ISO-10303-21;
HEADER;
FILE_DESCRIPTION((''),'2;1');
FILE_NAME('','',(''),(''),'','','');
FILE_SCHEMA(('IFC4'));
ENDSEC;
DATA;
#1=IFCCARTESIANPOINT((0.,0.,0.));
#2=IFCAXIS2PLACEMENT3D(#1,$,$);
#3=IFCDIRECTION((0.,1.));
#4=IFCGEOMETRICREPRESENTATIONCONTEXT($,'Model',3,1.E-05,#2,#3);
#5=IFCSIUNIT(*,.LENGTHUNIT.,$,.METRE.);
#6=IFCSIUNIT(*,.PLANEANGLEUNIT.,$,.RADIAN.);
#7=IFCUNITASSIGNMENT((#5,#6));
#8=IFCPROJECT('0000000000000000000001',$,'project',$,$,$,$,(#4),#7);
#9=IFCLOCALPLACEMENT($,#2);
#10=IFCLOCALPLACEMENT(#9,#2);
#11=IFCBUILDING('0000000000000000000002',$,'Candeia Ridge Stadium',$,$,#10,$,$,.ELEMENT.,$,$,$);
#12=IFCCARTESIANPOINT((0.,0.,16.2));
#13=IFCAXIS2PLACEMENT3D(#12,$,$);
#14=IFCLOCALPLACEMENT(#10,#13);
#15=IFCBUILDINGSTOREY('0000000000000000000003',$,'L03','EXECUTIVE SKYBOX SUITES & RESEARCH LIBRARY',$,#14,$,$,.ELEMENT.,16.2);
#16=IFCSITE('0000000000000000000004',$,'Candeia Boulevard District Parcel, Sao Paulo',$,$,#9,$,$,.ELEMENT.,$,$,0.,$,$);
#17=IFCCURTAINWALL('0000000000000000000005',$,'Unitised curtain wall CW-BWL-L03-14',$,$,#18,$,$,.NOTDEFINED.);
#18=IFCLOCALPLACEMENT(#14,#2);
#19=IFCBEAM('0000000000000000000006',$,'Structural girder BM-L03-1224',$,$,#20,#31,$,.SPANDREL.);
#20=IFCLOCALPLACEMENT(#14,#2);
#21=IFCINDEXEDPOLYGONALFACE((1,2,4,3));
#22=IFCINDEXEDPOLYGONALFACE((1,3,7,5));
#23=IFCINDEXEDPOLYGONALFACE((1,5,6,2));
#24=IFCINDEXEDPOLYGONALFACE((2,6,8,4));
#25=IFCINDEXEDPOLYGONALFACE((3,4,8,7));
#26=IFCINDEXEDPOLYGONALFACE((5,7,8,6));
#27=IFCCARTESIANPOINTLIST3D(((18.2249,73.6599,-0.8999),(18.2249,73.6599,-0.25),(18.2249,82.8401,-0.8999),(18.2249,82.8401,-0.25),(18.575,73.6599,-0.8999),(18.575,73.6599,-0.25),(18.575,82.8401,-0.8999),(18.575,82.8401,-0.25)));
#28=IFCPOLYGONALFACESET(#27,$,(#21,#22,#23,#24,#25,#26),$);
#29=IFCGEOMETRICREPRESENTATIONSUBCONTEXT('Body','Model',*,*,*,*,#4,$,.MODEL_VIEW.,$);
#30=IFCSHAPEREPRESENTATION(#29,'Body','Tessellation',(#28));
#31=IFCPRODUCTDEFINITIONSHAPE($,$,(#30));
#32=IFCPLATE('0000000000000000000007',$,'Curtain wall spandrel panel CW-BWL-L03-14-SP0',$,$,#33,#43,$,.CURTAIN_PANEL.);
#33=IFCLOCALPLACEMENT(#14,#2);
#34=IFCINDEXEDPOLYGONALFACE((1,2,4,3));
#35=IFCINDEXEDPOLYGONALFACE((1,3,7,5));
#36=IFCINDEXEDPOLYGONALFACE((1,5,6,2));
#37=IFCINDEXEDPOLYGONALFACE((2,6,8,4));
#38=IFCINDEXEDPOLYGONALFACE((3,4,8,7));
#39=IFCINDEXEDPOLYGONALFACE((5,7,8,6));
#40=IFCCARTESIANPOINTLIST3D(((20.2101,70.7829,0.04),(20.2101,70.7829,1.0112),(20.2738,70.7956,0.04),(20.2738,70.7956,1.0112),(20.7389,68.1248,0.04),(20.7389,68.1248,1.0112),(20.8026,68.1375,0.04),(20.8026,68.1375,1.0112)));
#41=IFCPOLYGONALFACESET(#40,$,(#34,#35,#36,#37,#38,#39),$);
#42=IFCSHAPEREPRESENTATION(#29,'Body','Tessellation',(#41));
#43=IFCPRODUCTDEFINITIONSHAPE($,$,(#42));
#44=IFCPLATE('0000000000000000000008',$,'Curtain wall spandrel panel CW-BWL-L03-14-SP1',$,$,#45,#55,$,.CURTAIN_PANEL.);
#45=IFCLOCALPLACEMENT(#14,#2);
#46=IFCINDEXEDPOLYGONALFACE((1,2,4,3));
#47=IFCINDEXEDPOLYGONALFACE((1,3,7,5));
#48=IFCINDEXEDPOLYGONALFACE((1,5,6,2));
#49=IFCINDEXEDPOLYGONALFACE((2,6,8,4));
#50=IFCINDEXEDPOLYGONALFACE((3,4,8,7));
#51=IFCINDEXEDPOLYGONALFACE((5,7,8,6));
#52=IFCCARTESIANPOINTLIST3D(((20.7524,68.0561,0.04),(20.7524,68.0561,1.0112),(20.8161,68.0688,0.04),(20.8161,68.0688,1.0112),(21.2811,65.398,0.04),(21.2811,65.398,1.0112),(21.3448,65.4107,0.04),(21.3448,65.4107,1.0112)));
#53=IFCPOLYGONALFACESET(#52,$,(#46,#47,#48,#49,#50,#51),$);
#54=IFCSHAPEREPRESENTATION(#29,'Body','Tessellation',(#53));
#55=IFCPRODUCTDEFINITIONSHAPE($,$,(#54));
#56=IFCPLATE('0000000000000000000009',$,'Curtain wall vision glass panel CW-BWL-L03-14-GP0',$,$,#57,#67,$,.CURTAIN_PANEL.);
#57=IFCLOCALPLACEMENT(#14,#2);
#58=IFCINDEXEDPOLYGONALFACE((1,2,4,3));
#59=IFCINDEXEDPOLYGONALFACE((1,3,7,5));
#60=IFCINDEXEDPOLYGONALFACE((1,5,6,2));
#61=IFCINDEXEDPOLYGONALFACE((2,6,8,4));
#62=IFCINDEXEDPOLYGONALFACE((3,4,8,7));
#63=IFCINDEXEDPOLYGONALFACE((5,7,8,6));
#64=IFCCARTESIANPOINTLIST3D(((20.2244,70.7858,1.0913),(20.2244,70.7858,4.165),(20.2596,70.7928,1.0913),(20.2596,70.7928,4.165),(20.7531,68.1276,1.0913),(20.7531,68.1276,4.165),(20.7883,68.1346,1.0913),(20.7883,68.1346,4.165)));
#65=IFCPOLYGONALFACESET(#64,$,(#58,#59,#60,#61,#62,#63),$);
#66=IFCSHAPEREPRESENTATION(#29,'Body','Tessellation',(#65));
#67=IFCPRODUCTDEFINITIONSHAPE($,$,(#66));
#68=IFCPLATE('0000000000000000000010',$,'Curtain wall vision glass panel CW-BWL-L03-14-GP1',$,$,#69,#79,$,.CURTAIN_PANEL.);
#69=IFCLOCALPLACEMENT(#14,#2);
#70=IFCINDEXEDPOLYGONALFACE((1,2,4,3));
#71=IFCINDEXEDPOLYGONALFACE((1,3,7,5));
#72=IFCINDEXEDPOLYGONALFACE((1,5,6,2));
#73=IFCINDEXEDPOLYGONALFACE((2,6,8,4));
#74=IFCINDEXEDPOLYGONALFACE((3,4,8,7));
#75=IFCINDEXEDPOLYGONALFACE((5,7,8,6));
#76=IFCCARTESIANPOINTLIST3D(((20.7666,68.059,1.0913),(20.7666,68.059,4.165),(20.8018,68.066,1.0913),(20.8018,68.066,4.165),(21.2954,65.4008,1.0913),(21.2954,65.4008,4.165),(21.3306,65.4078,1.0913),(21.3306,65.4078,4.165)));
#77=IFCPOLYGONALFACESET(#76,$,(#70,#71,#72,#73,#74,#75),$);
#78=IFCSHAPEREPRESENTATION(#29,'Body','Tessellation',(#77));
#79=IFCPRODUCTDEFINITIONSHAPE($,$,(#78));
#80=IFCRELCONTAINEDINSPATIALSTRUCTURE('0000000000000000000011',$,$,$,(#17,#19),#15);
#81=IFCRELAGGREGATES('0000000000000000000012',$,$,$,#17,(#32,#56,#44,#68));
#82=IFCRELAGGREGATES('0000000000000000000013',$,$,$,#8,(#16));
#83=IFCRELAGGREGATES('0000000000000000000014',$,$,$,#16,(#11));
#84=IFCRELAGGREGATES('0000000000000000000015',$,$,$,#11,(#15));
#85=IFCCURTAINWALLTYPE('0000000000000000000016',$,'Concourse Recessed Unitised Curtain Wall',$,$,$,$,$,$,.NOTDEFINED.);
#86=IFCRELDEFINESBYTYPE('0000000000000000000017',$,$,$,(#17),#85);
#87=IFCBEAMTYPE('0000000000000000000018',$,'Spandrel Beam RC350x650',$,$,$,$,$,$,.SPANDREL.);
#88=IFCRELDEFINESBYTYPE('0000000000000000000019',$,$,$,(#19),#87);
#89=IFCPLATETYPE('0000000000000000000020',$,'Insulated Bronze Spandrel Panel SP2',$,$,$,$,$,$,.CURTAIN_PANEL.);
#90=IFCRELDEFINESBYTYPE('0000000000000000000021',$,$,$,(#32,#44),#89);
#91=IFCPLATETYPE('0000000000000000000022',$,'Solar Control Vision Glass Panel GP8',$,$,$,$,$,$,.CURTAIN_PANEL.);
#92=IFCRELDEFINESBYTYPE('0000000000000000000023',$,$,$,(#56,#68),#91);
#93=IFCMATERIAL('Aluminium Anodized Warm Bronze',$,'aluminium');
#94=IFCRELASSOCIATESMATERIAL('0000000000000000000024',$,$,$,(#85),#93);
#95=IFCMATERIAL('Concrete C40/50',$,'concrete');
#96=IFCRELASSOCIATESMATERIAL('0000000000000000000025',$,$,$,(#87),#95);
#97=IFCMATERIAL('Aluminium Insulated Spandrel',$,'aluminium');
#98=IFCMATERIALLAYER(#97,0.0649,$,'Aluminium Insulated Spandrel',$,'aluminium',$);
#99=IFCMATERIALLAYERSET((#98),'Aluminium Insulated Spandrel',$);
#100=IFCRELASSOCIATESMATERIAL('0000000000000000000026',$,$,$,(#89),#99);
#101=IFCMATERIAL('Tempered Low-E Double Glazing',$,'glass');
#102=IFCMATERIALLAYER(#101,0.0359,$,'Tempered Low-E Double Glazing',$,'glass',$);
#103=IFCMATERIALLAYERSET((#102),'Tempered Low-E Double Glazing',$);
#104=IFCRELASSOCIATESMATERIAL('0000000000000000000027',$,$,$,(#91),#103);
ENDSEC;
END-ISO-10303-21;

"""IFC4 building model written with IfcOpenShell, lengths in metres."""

from ifc_helpers import new_model, si_unit, direction, frame, origin, origin_2d, place, context, subcontext, project, spatial, rectangle, extrude, material, layer, layer_set, material_profile, profile_set, type_object, element, aggregate, save


model = new_model("IFC4")

# Units and contexts
model_context = context("Model", 3, precision=1e-05, world=origin(), true_north=direction((0.0, 1.0)))
body_context = subcontext(model_context, "Body", "Model", "MODEL_VIEW")
ifc_project = project(units=[si_unit("LENGTHUNIT", "METRE"), si_unit("PLANEANGLEUNIT", "RADIAN")], contexts=[model_context])

# Site, building, storey
site_placement = place(None, origin())
site = spatial("IfcSite", under=ifc_project, at=site_placement, Name="Candeia Boulevard District Parcel, Sao Paulo", CompositionType="ELEMENT", RefElevation=0.0)
building_placement = place(site_placement, origin())
building = spatial("IfcBuilding", under=site, at=building_placement, Name="Candeia Ridge Stadium", CompositionType="ELEMENT")
storey_placement = place(building_placement, frame((0.0, 0.0, 16.2)))
storey = spatial("IfcBuildingStorey", under=building, at=storey_placement, Name="L03", Description="EXECUTIVE SKYBOX SUITES & RESEARCH LIBRARY", CompositionType="ELEMENT", Elevation=16.2)

# Shared definitions
ifc_material_1 = material(Name="Concrete C40/50", Category="concrete")

# Curtain wall
ifc_material_2 = material(Name="Aluminium Anodized Warm Bronze", Category="aluminium")
curtain_wall_type = type_object("IfcCurtainWallType", Name="Concourse Recessed Unitised Curtain Wall", PredefinedType="NOTDEFINED", material=ifc_material_2)
curtain_wall_placement = place(storey_placement, origin())
curtain_wall = element("IfcCurtainWall", 1, at=curtain_wall_placement, inside=storey, type_object=curtain_wall_type, Name="Unitised curtain wall CW-BWL-L03-14", PredefinedType="NOTDEFINED")

# Beam
ifc_material_profile_1 = material_profile(ifc_material_1, rectangle(XDim=0.3501, YDim=0.6499, at=origin_2d()), Name="RC350x650", Category="concrete")
ifc_profile_set_1 = profile_set([ifc_material_profile_1], Name="Concrete C40/50")
beam_type_1 = type_object("IfcBeamType", Name="Spandrel Beam RC350x650", PredefinedType="SPANDREL", material=ifc_profile_set_1)
beam_1_placement = place(storey_placement, frame((18.3999, 73.6599, -0.575), z_axis=(0.0, 1.0, 0.0), x_axis=(-1.0, 0.0, 0.0)))
element("IfcBeam", 2, at=beam_1_placement, inside=storey, type_object=beam_type_1, Name="Structural girder BM-L03-1224", PredefinedType="SPANDREL", context=body_context, shape_type="SweptSolid", body=[
    extrude(rectangle(XDim=0.3501, YDim=0.6499, at=origin_2d()), origin(), (0.0, 0.0, 1.0), 9.1802),
])

# Plates
ifc_material_3 = material(Name="Aluminium Insulated Spandrel", Category="aluminium")
ifc_layer_1 = layer(ifc_material_3, 0.0649, Name="Aluminium Insulated Spandrel", Category="aluminium")
ifc_layer_set_1 = layer_set([ifc_layer_1], Name="Aluminium Insulated Spandrel")
plate_type_1 = type_object("IfcPlateType", Name="Insulated Bronze Spandrel Panel SP2", PredefinedType="CURTAIN_PANEL", material=ifc_layer_set_1)
plate_1_placement = place(storey_placement, frame((20.5063, 69.4602, 0.04), z_axis=(0.0, 0.0, 1.0), x_axis=(0.19509, -0.980785, 0.0)))
plate_1 = element("IfcPlate", 3, at=plate_1_placement, type_object=plate_type_1, Name="Curtain wall spandrel panel CW-BWL-L03-14-SP0", PredefinedType="CURTAIN_PANEL", context=body_context, shape_type="SweptSolid", body=[
    extrude(rectangle(XDim=2.7102, YDim=0.0649, at=origin_2d()), origin(), (0.0, 0.0, 1.0), 0.9712),
])
plate_2_placement = place(storey_placement, frame((21.0486, 66.7334, 0.04), z_axis=(0.0, 0.0, 1.0), x_axis=(0.19509, -0.980785, 0.0)))
plate_2 = element("IfcPlate", 4, at=plate_2_placement, type_object=plate_type_1, Name="Curtain wall spandrel panel CW-BWL-L03-14-SP1", PredefinedType="CURTAIN_PANEL", context=body_context, shape_type="SweptSolid", body=[
    extrude(rectangle(XDim=2.7102, YDim=0.0649, at=origin_2d()), origin(), (0.0, 0.0, 1.0), 0.9712),
])
ifc_material_4 = material(Name="Tempered Low-E Double Glazing", Category="glass")
ifc_layer_2 = layer(ifc_material_4, 0.0359, Name="Tempered Low-E Double Glazing", Category="glass")
ifc_layer_set_2 = layer_set([ifc_layer_2], Name="Tempered Low-E Double Glazing")
plate_type_2 = type_object("IfcPlateType", Name="Solar Control Vision Glass Panel GP8", PredefinedType="CURTAIN_PANEL", material=ifc_layer_set_2)
plate_3_placement = place(storey_placement, frame((20.5063, 69.4602, 1.0913), z_axis=(0.0, 0.0, 1.0), x_axis=(0.19509, -0.980785, 0.0)))
plate_3 = element("IfcPlate", 5, at=plate_3_placement, type_object=plate_type_2, Name="Curtain wall vision glass panel CW-BWL-L03-14-GP0", PredefinedType="CURTAIN_PANEL", context=body_context, shape_type="SweptSolid", body=[
    extrude(rectangle(XDim=2.7102, YDim=0.0359, at=origin_2d()), origin(), (0.0, 0.0, 1.0), 3.0737),
])
plate_4_placement = place(storey_placement, frame((21.0486, 66.7334, 1.0913), z_axis=(0.0, 0.0, 1.0), x_axis=(0.19509, -0.980785, 0.0)))
plate_4 = element("IfcPlate", 6, at=plate_4_placement, type_object=plate_type_2, Name="Curtain wall vision glass panel CW-BWL-L03-14-GP1", PredefinedType="CURTAIN_PANEL", context=body_context, shape_type="SweptSolid", body=[
    extrude(rectangle(XDim=2.7102, YDim=0.0359, at=origin_2d()), origin(), (0.0, 0.0, 1.0), 3.0737),
])
aggregate(curtain_wall, [plate_1, plate_3, plate_2, plate_4])

save(model, "model.ifc")
